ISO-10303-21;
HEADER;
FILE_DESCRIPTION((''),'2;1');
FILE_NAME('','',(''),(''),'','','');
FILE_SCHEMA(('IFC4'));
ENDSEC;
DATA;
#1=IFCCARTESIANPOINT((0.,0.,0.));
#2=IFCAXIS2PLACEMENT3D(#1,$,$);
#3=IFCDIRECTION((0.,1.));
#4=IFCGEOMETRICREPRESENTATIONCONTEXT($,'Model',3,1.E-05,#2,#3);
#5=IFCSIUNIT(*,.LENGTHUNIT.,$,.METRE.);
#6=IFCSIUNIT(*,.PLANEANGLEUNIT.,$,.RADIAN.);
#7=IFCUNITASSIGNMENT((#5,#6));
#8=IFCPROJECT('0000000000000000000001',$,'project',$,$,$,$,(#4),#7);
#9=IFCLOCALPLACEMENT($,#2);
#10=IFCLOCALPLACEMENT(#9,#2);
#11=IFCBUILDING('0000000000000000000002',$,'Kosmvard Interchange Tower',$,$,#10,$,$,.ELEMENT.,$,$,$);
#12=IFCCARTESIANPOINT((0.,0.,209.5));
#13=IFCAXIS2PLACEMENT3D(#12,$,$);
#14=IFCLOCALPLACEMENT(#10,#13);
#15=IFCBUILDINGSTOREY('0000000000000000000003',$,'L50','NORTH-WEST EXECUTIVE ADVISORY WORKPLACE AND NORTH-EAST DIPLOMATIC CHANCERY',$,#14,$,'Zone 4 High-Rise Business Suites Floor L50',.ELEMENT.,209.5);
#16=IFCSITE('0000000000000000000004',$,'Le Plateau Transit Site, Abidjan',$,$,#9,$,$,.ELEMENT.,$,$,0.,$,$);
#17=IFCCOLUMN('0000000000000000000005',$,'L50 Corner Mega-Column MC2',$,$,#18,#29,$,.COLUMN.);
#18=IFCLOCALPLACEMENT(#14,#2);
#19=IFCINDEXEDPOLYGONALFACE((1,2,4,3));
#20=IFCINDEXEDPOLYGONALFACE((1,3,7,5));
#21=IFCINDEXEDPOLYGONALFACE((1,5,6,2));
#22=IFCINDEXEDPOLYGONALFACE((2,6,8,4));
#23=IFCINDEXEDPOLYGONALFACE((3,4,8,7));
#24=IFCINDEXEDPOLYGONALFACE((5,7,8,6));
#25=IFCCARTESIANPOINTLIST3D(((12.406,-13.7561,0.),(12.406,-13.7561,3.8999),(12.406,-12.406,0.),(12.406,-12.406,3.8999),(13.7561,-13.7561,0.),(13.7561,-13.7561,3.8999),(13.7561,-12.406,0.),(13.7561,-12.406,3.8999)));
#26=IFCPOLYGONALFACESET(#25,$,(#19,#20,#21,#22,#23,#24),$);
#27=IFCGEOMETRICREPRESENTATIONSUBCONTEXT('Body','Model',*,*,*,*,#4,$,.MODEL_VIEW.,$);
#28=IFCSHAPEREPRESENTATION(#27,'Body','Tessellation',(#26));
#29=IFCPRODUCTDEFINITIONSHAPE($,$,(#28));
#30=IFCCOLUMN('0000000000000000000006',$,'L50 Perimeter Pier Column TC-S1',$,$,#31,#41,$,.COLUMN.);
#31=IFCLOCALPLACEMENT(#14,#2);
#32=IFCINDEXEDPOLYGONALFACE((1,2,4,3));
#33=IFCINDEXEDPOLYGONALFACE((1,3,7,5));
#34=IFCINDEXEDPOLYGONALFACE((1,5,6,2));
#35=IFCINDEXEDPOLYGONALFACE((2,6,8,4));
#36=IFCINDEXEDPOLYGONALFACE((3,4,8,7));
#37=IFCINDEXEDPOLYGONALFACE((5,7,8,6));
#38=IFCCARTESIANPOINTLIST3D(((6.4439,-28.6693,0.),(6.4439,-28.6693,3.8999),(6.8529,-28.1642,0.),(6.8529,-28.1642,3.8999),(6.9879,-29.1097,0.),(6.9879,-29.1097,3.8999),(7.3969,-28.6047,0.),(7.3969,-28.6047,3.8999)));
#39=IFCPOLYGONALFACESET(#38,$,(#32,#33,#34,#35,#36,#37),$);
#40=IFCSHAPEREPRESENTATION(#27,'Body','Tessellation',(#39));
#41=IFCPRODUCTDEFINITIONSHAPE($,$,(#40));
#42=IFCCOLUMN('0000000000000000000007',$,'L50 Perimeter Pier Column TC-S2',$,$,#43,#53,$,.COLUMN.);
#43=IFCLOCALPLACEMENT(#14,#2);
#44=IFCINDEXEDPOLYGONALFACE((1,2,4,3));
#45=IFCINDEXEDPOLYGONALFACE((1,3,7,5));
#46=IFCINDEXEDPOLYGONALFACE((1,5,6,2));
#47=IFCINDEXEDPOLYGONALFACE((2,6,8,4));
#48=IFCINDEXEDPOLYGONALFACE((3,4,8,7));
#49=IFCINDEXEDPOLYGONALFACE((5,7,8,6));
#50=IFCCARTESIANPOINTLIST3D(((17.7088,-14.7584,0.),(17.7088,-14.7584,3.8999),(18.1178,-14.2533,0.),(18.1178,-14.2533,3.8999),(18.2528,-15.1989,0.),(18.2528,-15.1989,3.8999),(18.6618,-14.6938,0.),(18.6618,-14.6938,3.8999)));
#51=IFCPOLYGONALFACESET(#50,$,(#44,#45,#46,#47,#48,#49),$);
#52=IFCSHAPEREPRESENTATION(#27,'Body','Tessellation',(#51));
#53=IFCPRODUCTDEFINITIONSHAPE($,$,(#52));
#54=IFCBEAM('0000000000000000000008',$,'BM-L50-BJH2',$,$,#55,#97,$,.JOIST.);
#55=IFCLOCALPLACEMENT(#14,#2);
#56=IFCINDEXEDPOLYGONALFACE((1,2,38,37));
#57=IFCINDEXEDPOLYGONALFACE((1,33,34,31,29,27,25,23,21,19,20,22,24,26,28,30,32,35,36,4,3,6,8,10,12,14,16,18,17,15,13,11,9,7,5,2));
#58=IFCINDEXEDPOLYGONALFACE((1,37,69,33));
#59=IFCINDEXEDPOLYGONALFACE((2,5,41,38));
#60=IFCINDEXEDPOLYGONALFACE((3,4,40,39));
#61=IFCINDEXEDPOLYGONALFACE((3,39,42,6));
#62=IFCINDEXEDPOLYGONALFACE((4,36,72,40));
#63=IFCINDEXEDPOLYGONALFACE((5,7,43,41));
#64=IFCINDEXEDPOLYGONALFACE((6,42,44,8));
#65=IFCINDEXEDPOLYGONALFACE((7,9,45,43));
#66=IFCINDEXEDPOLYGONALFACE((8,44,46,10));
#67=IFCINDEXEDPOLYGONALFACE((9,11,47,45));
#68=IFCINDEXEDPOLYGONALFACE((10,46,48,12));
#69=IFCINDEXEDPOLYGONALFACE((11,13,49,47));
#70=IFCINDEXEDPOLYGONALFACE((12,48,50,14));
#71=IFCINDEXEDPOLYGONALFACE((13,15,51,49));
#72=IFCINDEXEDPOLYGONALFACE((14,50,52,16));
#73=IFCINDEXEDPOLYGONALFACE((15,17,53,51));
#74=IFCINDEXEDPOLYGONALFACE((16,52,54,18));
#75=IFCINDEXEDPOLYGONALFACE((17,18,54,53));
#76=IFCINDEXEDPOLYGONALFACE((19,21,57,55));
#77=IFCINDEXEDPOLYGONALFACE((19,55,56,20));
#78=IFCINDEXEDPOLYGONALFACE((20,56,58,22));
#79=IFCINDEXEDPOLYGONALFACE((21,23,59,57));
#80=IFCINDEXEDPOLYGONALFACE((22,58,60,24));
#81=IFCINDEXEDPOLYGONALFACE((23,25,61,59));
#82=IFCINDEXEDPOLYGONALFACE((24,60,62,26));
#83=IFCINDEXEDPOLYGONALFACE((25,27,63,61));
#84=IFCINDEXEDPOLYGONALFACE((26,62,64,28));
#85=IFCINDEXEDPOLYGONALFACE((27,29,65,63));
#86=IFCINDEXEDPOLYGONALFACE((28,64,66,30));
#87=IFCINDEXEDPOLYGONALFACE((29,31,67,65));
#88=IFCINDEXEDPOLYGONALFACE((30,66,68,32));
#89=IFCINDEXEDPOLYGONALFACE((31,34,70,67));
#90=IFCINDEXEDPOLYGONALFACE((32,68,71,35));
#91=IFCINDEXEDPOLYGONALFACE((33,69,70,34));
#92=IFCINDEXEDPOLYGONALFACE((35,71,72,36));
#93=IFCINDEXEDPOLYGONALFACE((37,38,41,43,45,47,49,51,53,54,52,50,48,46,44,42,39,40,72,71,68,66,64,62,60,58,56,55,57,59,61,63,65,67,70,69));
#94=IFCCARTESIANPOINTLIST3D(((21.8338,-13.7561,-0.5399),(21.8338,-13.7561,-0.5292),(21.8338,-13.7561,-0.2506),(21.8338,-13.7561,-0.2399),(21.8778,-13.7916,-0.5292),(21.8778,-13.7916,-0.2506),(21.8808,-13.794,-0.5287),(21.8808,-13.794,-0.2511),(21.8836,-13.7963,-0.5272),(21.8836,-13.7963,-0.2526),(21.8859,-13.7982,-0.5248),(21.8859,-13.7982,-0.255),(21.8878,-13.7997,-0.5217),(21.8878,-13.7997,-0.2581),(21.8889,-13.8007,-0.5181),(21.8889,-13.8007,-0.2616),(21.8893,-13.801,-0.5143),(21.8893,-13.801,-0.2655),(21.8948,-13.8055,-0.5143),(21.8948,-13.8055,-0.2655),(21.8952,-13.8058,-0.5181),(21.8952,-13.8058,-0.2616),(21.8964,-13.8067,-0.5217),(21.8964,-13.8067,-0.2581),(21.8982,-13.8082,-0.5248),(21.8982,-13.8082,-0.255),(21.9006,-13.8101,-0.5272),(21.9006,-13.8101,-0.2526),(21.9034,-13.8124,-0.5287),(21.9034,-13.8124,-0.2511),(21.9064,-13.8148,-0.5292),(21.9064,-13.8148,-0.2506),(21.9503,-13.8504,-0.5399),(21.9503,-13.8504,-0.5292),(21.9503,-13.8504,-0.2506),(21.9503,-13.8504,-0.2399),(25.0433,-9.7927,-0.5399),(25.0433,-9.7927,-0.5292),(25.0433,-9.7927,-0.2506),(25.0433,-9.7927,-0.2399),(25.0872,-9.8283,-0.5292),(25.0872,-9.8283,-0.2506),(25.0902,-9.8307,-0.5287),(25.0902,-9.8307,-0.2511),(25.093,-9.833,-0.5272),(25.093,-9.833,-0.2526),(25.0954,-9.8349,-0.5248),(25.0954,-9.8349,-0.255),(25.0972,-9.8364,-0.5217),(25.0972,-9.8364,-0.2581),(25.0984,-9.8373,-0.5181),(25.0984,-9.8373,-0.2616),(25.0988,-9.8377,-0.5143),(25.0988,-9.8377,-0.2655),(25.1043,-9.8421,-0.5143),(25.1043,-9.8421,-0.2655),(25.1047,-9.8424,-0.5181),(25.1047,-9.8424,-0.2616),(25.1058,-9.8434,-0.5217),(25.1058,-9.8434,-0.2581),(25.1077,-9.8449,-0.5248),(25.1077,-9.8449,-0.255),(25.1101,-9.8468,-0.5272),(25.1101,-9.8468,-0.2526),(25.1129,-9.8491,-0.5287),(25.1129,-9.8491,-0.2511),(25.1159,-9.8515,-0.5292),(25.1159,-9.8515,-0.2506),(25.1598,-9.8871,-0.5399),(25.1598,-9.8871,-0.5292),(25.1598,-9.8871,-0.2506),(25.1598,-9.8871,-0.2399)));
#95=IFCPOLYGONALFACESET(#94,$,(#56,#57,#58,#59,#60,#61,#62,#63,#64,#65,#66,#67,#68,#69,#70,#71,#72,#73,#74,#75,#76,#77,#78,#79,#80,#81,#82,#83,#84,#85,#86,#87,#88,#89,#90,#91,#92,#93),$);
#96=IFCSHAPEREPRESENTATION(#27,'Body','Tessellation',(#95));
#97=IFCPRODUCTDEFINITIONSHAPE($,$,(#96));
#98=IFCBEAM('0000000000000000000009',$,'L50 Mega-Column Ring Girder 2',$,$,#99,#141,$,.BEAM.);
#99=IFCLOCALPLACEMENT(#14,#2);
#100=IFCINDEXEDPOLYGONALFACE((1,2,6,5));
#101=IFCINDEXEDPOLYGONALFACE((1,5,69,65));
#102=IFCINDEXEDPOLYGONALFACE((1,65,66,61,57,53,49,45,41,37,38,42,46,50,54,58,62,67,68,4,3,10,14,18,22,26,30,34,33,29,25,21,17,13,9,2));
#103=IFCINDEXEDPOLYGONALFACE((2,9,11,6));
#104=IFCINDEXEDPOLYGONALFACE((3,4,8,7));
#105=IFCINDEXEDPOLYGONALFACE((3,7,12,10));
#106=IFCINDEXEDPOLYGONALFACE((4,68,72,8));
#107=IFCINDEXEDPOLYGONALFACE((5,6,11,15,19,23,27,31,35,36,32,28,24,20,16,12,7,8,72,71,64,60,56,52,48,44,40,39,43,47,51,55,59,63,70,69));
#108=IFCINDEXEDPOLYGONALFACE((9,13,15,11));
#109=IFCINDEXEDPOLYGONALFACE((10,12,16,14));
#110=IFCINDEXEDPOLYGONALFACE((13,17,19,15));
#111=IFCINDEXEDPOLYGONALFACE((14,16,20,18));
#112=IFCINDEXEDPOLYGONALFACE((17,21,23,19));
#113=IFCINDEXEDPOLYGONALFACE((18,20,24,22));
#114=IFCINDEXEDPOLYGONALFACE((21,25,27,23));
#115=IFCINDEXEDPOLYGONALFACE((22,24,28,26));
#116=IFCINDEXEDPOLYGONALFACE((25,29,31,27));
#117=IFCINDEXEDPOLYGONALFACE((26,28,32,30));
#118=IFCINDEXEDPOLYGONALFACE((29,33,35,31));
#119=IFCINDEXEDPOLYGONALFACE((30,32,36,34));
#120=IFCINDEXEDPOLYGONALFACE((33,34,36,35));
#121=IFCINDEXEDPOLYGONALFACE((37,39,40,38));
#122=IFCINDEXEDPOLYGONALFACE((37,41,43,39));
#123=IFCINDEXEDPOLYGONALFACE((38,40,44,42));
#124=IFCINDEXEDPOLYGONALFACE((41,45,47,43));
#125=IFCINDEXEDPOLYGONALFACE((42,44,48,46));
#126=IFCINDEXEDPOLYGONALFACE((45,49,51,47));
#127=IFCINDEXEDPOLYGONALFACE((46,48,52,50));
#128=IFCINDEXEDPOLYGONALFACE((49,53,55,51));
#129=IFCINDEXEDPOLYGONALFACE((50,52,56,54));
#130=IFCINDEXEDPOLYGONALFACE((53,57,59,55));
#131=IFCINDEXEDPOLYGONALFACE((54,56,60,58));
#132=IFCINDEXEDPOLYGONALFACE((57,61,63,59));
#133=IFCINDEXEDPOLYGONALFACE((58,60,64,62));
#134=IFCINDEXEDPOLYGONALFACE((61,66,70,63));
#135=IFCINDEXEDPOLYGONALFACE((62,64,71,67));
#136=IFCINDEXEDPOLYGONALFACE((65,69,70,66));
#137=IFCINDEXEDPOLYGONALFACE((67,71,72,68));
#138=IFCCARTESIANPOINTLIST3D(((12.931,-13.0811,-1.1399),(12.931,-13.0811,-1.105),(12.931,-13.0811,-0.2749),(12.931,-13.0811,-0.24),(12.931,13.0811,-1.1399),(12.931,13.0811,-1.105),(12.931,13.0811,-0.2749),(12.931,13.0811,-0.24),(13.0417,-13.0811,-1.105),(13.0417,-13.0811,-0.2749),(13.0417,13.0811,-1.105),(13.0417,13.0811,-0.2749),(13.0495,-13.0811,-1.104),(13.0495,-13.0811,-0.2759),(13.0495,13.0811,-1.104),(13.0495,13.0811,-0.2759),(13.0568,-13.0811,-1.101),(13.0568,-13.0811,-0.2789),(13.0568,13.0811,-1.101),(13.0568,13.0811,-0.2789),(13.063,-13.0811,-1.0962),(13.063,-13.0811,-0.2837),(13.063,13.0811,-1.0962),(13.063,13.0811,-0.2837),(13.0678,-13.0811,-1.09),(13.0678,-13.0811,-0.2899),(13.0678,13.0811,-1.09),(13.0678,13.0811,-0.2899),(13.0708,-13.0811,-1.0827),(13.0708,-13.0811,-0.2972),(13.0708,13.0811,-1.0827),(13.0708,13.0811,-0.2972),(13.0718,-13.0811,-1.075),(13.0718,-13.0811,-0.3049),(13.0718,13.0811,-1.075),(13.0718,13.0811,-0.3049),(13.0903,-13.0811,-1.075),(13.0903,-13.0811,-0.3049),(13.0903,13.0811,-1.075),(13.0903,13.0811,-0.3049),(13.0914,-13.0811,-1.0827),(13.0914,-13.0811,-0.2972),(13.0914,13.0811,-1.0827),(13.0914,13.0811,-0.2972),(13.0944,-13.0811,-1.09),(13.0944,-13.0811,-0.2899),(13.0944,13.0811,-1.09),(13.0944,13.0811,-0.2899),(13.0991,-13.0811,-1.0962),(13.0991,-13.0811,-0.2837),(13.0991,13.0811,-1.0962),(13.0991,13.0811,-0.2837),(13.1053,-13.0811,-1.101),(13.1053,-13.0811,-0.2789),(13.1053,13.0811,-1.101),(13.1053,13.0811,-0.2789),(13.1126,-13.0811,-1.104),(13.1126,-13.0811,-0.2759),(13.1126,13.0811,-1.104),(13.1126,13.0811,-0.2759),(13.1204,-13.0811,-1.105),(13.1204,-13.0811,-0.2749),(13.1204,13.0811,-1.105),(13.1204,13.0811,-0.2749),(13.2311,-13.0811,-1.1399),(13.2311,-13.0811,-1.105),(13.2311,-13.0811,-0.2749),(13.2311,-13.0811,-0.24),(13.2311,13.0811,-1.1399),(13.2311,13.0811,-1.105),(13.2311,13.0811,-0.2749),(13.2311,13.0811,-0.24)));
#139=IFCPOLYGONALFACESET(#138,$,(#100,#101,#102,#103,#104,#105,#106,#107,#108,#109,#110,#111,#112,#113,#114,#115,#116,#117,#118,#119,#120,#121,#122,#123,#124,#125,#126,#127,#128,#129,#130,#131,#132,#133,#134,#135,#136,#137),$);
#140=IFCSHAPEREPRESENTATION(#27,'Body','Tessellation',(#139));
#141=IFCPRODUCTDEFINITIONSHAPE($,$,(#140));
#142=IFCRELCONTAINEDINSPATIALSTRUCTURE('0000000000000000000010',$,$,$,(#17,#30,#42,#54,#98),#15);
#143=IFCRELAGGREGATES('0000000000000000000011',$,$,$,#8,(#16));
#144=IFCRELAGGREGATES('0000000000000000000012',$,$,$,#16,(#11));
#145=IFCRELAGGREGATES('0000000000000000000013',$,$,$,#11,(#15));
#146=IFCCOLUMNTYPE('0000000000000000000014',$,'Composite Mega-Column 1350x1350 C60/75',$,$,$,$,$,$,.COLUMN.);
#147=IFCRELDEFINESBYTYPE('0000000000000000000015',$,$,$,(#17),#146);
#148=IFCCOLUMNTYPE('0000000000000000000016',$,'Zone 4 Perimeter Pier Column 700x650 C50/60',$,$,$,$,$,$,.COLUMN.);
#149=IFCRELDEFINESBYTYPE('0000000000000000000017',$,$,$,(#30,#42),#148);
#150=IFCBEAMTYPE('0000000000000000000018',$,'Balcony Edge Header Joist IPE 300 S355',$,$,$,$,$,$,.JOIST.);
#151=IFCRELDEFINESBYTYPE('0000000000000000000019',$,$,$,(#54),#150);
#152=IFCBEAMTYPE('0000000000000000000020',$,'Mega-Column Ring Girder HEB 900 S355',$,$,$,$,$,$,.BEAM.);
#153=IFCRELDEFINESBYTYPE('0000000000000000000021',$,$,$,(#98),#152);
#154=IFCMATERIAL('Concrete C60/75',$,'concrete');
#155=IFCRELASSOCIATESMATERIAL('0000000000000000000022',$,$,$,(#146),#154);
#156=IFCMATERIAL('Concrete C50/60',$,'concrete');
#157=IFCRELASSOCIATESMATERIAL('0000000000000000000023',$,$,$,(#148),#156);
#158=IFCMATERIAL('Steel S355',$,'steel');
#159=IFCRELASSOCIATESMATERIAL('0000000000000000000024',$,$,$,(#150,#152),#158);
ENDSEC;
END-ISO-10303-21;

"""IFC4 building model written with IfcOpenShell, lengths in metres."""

from ifc_helpers import new_model, si_unit, direction, frame, origin, origin_2d, place, context, subcontext, project, spatial, rectangle, i_section, extrude, source, transform, mapped, material, material_profile, profile_set, type_object, element, save


model = new_model("IFC4")

# Units and contexts
model_context = context("Model", 3, precision=1e-05, world=origin(), true_north=direction((0.0, 1.0)))
body_context = subcontext(model_context, "Body", "Model", "MODEL_VIEW")
ifc_project = project(units=[si_unit("LENGTHUNIT", "METRE"), si_unit("PLANEANGLEUNIT", "RADIAN")], contexts=[model_context])

# Site, building, storey
site_placement = place(None, origin())
site = spatial("IfcSite", under=ifc_project, at=site_placement, Name="Le Plateau Transit Site, Abidjan", CompositionType="ELEMENT", RefElevation=0.0)
building_placement = place(site_placement, origin())
building = spatial("IfcBuilding", under=site, at=building_placement, Name="Kosmvard Interchange Tower", CompositionType="ELEMENT")
storey_placement = place(building_placement, frame((0.0, 0.0, 209.5)))
storey = spatial("IfcBuildingStorey", under=building, at=storey_placement, Name="L50", Description="NORTH-WEST EXECUTIVE ADVISORY WORKPLACE AND NORTH-EAST DIPLOMATIC CHANCERY", LongName="Zone 4 High-Rise Business Suites Floor L50", CompositionType="ELEMENT", Elevation=209.5)

# Columns
ifc_material_1 = material(Name="Concrete C60/75", Category="concrete")
ifc_material_profile_1 = material_profile(ifc_material_1, rectangle(XDim=1.3501, YDim=1.3501, at=origin_2d()), Name="MC 1350x1350")
ifc_profile_set_1 = profile_set([ifc_material_profile_1], Name="Concrete C60/75")
column_type_1 = type_object("IfcColumnType", Name="Composite Mega-Column 1350x1350 C60/75", PredefinedType="COLUMN", material=ifc_profile_set_1)
shared_shape_1 = source(origin(), body_context, "Body", "SweptSolid", [
    extrude(rectangle(XDim=1.3501, YDim=1.3501, at=origin_2d()), origin(), (0.0, 0.0, 1.0), 3.8999),
])
column_placement = place(storey_placement, frame((13.0811, -13.0811, 0.0), z_axis=(0.0, 0.0, 1.0), x_axis=(1.0, 0.0, 0.0)))
element("IfcColumn", 1, at=column_placement, inside=storey, type_object=column_type_1, Name="L50 Corner Mega-Column MC2", PredefinedType="COLUMN", context=body_context, shape_type="MappedRepresentation", body=[
    mapped(shared_shape_1, transform((0.0, 0.0, 0.0), scale=1.0)),
])
ifc_material_2 = material(Name="Concrete C50/60", Category="concrete")
ifc_material_profile_2 = material_profile(ifc_material_2, rectangle(XDim=0.6499, YDim=0.7, at=origin_2d()), Name="TC 700x650")
ifc_profile_set_2 = profile_set([ifc_material_profile_2], Name="Concrete C50/60")
column_type_2 = type_object("IfcColumnType", Name="Zone 4 Perimeter Pier Column 700x650 C50/60", PredefinedType="COLUMN", material=ifc_profile_set_2)
shared_shape_2 = source(origin(), body_context, "Body", "SweptSolid", [
    extrude(rectangle(XDim=0.6499, YDim=0.7, at=origin_2d()), origin(), (0.0, 0.0, 1.0), 3.8999),
])
for number, where, z_axis, x_axis, name in (
    (2, (6.9204, -28.637, 0.0), (0.0, 0.0, 1.0), (0.62932, 0.777146, 0.0), "L50 Perimeter Pier Column TC-S1"),
    (3, (18.1853, -14.7261, 0.0), (0.0, 0.0, 1.0), (0.62932, 0.777146, 0.0), "L50 Perimeter Pier Column TC-S2"),
):
    element("IfcColumn", number, at=place(storey_placement, frame(where, z_axis=z_axis, x_axis=x_axis)), inside=storey, type_object=column_type_2, Name=name, PredefinedType="COLUMN", context=body_context, shape_type="MappedRepresentation", body=[
        mapped(shared_shape_2, transform((0.0, 0.0, 0.0), scale=1.0)),
    ])

# Beams
ifc_material_3 = material(Name="Steel S355", Category="steel")
ifc_material_profile_3 = material_profile(ifc_material_3, i_section(OverallWidth=0.1499, OverallDepth=0.3, WebThickness=0.0071, FlangeThickness=0.0107, FilletRadius=0.0149, at=origin_2d()), Name="IPE 300")
ifc_profile_set_3 = profile_set([ifc_material_profile_3], Name="Steel S355")
beam_type_1 = type_object("IfcBeamType", Name="Balcony Edge Header Joist IPE 300 S355", PredefinedType="JOIST", material=ifc_profile_set_3)
shared_shape_3 = source(origin(), body_context, "Body", "SweptSolid", [
    extrude(i_section(OverallWidth=0.1499, OverallDepth=0.3, WebThickness=0.0071, FlangeThickness=0.0107, FilletRadius=0.0149, at=origin_2d()), origin(), (0.0, 0.0, 1.0), 5.0999),
])
beam_1_placement = place(storey_placement, frame((21.8921, -13.8032, -0.3899), z_axis=(0.629319, 0.777147, 0.0), x_axis=(-0.777147, 0.629319, 0.0)))
element("IfcBeam", 4, at=beam_1_placement, inside=storey, type_object=beam_type_1, Name="BM-L50-BJH2", PredefinedType="JOIST", context=body_context, shape_type="MappedRepresentation", body=[
    mapped(shared_shape_3, transform((0.0, 0.0, 0.0), scale=1.0)),
])
ifc_material_profile_4 = material_profile(ifc_material_3, i_section(OverallWidth=0.3, OverallDepth=0.8999, WebThickness=0.0186, FlangeThickness=0.0349, FilletRadius=0.03, at=origin_2d()), Name="HEB 900")
ifc_profile_set_4 = profile_set([ifc_material_profile_4], Name="Steel S355")
beam_type_2 = type_object("IfcBeamType", Name="Mega-Column Ring Girder HEB 900 S355", PredefinedType="BEAM", material=ifc_profile_set_4)
shared_shape_4 = source(origin(), body_context, "Body", "SweptSolid", [
    extrude(i_section(OverallWidth=0.3, OverallDepth=0.8999, WebThickness=0.0186, FlangeThickness=0.0349, FilletRadius=0.03, at=origin_2d()), origin(), (0.0, 0.0, 1.0), 26.1621),
])
beam_2_placement = place(storey_placement, frame((13.0811, -13.0811, -0.6899), z_axis=(0.0, 1.0, 0.0), x_axis=(-1.0, 0.0, 0.0)))
element("IfcBeam", 5, at=beam_2_placement, inside=storey, type_object=beam_type_2, Name="L50 Mega-Column Ring Girder 2", PredefinedType="BEAM", context=body_context, shape_type="MappedRepresentation", body=[
    mapped(shared_shape_4, transform((0.0, 0.0, 0.0), scale=1.0)),
])

save(model, "model.ifc")
